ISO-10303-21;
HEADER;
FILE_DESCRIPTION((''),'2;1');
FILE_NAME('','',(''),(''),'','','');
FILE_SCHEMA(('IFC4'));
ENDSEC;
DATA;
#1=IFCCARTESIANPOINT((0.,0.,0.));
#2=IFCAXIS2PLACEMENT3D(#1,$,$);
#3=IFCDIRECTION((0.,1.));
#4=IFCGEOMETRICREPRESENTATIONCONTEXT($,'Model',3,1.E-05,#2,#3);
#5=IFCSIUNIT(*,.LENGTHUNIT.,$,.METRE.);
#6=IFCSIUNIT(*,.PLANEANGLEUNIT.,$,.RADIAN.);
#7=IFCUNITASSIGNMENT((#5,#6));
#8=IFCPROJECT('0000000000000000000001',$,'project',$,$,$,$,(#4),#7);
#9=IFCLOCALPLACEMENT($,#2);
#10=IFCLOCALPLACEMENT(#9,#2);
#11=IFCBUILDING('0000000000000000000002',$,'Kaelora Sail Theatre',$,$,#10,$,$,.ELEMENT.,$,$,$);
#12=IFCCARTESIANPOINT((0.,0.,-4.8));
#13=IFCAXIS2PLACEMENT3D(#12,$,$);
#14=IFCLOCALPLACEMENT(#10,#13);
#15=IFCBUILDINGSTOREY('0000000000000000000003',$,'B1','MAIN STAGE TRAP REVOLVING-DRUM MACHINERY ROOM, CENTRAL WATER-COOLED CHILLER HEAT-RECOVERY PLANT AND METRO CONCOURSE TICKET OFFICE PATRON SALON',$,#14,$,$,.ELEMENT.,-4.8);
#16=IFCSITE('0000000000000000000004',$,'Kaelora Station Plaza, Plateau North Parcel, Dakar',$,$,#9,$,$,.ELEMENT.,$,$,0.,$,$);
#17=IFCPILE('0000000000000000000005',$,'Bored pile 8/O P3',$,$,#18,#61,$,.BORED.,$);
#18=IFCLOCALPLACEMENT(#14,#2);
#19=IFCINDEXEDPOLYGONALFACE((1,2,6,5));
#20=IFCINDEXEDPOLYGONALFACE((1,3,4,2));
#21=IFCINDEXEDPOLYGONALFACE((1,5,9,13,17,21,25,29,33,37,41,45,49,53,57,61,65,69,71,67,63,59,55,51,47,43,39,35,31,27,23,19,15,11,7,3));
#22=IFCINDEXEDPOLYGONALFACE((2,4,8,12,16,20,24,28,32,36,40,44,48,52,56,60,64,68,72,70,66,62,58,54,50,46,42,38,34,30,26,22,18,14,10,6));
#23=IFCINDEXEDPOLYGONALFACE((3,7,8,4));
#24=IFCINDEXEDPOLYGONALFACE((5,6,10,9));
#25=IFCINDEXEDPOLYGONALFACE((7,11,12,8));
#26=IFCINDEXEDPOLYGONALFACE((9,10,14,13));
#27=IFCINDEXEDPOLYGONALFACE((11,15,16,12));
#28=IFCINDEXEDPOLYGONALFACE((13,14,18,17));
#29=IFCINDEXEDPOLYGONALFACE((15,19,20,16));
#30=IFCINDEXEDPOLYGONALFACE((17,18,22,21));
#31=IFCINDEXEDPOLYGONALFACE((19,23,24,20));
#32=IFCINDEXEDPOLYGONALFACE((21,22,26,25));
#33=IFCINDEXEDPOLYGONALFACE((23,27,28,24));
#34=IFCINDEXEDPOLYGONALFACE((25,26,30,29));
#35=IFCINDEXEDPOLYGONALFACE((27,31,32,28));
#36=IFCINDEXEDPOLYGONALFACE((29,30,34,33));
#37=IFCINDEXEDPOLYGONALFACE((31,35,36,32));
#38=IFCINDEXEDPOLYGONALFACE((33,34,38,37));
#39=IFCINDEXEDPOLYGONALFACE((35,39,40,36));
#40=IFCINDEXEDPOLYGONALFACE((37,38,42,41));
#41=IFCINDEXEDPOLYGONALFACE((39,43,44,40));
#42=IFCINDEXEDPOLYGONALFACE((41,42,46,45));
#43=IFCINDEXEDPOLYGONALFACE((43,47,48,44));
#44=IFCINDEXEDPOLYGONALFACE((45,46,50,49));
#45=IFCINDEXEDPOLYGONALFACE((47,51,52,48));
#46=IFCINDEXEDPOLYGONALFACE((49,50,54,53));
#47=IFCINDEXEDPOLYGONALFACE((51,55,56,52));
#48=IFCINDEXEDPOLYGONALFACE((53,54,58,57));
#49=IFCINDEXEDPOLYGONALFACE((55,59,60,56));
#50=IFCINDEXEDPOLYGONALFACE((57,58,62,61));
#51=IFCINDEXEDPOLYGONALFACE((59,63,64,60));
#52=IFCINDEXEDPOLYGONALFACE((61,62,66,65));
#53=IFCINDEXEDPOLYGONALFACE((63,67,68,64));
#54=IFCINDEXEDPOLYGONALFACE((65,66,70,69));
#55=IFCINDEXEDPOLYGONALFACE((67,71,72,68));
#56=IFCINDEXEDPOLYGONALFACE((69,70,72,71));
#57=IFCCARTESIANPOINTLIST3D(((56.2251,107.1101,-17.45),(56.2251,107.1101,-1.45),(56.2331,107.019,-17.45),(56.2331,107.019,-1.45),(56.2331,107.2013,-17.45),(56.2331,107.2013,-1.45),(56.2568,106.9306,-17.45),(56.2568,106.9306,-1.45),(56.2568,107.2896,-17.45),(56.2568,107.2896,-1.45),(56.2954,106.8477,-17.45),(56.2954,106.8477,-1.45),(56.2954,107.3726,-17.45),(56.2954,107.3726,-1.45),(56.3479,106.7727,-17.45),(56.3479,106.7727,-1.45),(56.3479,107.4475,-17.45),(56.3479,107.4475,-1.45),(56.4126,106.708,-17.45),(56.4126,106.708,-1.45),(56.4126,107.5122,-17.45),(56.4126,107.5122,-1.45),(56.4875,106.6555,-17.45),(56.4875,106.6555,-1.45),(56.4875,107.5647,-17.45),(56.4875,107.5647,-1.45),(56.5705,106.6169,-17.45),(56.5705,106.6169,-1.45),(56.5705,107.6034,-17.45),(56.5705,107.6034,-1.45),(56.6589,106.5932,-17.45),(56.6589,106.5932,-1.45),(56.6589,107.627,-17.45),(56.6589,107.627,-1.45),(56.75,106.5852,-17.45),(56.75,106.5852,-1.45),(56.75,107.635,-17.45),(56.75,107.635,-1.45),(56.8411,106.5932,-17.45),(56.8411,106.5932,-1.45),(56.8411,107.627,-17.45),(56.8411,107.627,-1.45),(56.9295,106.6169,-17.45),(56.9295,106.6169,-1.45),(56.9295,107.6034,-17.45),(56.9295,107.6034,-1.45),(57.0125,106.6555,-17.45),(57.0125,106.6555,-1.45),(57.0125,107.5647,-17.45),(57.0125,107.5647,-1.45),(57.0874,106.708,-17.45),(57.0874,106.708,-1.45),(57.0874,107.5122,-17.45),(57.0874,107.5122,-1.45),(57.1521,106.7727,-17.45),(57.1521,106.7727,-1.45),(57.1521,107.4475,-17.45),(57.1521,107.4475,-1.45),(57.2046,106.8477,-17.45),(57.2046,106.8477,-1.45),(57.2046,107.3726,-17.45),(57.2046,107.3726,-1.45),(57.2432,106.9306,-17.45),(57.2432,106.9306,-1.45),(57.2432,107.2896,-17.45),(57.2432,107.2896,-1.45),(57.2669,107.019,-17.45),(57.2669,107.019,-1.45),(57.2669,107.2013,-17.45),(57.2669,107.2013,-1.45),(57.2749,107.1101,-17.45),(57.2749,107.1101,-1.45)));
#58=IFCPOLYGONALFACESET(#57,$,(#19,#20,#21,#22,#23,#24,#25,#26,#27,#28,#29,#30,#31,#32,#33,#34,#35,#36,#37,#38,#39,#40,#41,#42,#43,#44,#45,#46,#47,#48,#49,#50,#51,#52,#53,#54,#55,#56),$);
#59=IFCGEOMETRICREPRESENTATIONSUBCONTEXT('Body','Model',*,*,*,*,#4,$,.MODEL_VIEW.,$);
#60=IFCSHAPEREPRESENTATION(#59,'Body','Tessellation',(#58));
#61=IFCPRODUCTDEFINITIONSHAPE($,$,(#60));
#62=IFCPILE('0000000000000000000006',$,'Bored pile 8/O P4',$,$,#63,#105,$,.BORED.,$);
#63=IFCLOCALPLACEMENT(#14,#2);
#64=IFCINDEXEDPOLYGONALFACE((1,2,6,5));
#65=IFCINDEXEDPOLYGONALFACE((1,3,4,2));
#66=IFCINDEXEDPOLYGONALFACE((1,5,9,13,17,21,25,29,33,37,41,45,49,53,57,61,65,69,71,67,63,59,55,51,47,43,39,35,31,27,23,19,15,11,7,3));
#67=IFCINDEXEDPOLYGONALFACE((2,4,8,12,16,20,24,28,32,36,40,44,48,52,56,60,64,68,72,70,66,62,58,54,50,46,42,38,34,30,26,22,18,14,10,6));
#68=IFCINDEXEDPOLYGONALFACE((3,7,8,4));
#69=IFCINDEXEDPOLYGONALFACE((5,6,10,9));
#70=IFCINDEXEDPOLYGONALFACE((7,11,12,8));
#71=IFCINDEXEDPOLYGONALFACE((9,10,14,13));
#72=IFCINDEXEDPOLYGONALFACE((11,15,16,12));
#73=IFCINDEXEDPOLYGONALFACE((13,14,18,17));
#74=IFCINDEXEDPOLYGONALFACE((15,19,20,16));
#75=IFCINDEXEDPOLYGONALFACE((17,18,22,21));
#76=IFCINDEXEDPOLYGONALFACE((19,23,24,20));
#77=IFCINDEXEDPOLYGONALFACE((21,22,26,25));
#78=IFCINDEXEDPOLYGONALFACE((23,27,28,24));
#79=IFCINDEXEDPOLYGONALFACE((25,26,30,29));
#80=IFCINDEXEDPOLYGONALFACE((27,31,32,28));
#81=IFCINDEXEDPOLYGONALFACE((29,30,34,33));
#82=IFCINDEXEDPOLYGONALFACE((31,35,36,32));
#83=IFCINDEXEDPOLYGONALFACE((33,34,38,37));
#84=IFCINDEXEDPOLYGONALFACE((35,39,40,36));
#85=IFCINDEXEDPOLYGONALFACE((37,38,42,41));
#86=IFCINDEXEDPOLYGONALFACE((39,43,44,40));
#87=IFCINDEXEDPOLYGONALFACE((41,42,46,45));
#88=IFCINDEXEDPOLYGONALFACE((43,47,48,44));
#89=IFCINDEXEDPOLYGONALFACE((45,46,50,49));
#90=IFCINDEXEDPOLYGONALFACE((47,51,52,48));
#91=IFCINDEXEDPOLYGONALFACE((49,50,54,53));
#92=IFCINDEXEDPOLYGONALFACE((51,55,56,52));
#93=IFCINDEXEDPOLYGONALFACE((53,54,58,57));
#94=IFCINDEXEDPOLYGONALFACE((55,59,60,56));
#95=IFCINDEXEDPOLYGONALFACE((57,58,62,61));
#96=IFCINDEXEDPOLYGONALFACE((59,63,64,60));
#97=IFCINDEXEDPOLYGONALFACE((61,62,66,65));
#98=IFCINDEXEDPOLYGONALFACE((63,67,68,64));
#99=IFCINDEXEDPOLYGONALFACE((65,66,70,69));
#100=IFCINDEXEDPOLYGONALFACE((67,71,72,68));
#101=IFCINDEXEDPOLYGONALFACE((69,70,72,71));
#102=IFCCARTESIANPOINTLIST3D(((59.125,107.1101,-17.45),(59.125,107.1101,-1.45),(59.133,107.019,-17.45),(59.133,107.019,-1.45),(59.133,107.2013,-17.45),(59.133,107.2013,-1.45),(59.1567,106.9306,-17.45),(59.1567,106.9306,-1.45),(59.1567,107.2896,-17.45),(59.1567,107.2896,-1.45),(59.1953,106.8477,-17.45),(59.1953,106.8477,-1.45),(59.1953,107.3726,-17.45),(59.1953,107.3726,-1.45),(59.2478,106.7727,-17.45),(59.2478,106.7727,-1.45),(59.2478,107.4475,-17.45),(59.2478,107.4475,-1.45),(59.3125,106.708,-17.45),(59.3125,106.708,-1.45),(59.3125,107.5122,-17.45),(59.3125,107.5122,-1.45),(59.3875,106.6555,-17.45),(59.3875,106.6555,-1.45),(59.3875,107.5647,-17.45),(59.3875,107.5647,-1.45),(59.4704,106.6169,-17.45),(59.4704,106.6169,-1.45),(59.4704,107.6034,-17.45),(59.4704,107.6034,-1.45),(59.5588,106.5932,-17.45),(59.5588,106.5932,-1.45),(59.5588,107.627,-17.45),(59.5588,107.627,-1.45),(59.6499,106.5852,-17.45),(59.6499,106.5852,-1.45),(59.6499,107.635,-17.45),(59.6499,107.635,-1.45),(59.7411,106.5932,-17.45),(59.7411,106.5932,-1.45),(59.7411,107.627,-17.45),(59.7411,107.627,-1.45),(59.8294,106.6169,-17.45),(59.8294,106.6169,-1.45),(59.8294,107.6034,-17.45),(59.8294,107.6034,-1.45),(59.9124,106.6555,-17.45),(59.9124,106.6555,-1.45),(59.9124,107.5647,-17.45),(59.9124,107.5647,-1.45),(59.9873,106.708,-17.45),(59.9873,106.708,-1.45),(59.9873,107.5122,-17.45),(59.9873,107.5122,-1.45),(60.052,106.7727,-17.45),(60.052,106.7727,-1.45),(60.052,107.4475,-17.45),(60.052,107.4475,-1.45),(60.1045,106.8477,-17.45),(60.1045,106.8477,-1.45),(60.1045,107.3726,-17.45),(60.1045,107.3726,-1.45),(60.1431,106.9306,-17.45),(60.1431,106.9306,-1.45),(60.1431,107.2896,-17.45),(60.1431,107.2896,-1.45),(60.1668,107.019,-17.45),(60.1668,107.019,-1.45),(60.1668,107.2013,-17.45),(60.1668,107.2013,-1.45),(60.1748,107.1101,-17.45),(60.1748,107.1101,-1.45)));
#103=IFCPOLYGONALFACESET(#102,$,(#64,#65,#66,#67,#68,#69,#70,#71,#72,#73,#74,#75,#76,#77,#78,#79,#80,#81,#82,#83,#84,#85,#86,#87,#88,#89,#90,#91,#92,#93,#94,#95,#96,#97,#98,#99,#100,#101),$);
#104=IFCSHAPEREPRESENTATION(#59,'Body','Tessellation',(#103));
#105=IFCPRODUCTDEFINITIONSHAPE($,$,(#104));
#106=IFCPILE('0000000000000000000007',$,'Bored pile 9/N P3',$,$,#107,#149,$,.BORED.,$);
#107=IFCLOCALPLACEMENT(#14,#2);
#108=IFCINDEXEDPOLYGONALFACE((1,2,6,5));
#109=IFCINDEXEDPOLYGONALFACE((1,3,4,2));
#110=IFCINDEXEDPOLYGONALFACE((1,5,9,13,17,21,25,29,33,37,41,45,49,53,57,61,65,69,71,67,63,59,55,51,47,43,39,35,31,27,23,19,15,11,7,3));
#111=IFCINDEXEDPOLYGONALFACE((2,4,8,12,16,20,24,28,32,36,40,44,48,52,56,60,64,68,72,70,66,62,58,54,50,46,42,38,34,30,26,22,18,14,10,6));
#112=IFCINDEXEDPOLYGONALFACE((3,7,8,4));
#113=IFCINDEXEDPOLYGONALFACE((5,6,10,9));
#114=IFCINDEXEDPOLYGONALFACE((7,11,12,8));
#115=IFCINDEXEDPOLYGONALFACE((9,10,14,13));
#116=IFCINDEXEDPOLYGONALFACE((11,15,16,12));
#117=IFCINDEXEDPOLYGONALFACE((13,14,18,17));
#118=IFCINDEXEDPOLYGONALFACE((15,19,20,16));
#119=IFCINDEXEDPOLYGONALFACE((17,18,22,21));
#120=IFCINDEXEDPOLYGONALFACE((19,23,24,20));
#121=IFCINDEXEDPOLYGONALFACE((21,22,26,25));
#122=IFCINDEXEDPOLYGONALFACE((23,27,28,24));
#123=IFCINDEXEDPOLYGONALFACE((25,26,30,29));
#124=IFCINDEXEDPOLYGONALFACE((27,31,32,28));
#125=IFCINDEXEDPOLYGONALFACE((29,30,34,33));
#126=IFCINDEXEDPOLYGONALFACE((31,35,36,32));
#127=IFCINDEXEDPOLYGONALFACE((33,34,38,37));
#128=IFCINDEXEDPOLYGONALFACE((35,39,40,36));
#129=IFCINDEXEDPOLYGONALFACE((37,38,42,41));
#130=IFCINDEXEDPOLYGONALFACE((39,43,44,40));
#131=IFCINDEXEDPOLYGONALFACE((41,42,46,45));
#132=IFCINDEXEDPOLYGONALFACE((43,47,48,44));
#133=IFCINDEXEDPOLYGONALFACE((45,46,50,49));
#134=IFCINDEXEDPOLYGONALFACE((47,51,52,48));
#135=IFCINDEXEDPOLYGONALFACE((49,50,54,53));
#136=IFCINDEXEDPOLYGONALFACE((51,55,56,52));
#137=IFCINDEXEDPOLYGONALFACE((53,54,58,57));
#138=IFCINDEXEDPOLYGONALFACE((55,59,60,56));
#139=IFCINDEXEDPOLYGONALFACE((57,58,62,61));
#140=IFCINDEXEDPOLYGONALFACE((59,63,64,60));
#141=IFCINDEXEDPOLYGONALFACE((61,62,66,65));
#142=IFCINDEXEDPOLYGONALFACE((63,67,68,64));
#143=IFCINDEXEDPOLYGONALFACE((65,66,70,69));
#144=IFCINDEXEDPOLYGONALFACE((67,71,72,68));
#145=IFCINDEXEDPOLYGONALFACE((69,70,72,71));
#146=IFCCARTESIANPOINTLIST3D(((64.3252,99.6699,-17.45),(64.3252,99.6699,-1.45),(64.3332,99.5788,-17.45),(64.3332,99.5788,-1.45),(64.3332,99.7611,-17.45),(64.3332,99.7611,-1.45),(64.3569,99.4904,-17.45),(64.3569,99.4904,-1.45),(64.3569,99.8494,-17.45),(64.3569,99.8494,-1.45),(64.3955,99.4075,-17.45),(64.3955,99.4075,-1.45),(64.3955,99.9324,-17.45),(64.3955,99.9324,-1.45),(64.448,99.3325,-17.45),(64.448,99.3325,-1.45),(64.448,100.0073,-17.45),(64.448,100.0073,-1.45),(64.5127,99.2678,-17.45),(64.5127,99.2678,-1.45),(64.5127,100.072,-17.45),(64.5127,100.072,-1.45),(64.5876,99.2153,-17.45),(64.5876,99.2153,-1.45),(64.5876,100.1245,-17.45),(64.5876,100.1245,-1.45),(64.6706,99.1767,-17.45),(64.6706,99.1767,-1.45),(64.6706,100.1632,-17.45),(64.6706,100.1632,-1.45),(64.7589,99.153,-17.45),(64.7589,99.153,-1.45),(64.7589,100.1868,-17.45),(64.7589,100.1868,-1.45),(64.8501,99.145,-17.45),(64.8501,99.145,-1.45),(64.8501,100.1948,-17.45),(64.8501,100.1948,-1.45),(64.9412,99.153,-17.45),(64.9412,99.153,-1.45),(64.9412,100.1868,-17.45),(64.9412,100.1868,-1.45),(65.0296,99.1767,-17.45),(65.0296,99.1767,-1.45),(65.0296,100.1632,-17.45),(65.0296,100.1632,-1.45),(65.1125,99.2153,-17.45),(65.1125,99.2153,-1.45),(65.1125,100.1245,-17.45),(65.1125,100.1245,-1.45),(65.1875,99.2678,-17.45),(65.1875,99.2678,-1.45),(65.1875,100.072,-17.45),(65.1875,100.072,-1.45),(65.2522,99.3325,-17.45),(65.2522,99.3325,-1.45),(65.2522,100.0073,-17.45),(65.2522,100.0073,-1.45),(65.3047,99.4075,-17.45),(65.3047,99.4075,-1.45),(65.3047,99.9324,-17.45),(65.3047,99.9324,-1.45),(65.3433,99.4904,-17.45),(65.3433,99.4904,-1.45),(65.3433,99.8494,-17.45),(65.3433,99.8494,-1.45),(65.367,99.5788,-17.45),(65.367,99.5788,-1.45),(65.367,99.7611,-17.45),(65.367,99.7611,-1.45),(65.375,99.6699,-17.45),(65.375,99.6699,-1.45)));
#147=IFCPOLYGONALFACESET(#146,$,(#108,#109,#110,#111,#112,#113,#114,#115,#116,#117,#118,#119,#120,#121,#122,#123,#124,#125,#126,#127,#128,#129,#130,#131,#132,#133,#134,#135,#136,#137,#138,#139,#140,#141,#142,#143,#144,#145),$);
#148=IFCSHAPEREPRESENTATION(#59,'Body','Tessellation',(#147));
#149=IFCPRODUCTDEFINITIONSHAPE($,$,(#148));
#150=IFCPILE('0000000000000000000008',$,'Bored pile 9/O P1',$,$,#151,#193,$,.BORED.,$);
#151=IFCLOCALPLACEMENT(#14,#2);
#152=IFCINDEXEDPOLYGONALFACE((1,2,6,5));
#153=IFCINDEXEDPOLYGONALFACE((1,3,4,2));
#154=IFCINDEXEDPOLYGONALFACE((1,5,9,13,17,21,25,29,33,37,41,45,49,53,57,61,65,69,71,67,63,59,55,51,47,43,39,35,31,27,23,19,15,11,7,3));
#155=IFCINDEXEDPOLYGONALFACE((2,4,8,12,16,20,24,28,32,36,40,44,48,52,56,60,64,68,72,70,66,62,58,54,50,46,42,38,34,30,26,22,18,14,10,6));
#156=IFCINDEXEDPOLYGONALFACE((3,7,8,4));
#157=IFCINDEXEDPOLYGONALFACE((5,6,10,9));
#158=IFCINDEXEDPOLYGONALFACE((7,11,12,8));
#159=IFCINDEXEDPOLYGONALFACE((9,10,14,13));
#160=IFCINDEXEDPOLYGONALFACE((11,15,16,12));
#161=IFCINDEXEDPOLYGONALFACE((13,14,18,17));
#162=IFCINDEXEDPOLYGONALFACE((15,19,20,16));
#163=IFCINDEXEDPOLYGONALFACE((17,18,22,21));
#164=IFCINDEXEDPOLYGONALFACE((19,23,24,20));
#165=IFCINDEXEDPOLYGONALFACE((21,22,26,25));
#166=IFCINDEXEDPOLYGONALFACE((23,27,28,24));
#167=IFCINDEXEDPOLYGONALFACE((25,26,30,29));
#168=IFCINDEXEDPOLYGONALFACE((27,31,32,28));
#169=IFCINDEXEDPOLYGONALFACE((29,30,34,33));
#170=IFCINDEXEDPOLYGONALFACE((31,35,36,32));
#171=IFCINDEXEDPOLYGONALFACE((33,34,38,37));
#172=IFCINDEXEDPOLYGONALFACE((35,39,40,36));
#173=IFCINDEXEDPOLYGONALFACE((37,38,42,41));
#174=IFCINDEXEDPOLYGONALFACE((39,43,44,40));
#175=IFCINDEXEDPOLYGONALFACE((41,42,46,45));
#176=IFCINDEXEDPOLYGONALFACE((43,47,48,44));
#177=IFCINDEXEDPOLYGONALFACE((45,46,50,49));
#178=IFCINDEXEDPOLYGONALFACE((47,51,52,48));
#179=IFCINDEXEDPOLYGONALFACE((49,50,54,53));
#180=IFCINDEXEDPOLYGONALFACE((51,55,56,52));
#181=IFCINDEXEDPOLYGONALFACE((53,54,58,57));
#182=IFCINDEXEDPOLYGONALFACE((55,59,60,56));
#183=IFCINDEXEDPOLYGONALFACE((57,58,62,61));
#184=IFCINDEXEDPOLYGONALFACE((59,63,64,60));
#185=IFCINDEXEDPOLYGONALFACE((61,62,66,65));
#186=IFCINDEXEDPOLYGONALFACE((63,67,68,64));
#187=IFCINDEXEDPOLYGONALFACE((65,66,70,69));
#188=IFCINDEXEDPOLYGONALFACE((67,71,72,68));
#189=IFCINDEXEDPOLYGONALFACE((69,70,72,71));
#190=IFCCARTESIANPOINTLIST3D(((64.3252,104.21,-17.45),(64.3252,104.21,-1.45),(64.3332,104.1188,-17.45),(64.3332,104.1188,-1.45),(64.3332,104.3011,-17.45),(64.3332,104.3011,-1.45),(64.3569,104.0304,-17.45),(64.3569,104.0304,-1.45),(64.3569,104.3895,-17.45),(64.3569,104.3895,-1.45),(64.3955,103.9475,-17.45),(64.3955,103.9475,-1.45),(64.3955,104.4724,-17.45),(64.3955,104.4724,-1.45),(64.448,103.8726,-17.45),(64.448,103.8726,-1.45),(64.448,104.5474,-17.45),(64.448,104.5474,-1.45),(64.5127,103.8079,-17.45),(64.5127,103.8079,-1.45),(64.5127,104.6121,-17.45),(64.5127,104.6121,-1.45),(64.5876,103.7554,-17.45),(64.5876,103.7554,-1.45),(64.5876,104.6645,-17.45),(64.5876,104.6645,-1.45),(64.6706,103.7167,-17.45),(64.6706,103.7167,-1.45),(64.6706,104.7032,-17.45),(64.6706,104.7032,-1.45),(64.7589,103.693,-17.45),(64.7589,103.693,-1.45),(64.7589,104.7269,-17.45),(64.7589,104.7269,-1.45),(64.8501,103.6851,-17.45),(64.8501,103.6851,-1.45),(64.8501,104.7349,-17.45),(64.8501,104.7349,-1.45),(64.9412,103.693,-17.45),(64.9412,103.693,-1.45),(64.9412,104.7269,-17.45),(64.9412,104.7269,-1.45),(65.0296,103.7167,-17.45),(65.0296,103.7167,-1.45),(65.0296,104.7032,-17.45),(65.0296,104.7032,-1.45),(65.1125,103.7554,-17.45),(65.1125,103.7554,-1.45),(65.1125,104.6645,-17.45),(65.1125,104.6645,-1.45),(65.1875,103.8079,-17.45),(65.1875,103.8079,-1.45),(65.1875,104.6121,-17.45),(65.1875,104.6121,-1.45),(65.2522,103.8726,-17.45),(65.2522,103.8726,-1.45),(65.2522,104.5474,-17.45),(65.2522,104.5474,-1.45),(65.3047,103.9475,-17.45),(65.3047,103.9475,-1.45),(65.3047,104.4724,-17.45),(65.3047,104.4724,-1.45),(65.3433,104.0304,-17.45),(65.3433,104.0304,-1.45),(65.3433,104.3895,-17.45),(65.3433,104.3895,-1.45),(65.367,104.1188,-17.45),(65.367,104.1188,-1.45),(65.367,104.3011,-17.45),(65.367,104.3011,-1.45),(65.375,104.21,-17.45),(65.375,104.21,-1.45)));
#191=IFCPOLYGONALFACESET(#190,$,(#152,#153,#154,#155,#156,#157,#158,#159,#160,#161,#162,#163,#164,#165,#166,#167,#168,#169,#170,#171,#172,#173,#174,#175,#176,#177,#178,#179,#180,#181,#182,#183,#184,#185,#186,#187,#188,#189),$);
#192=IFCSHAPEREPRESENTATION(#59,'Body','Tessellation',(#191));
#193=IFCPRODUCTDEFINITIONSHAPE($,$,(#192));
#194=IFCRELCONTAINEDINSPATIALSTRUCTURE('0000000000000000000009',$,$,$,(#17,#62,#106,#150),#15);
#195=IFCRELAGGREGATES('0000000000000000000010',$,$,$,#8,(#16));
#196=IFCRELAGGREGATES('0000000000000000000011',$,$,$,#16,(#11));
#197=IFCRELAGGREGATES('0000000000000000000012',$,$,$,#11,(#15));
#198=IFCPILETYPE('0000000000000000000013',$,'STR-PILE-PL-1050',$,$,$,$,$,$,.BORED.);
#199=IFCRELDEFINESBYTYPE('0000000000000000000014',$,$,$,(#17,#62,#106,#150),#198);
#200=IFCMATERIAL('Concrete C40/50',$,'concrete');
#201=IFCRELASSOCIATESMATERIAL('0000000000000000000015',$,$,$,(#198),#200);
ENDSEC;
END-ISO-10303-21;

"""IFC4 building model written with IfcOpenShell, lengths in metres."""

from ifc_helpers import new_model, si_unit, direction, frame, origin, origin_2d, place, context, subcontext, project, spatial, circle, extrude, material, material_profile, profile_set, type_object, element, save


model = new_model("IFC4")

# Units and contexts
model_context = context("Model", 3, precision=1e-05, world=origin(), true_north=direction((0.0, 1.0)))
body_context = subcontext(model_context, "Body", "Model", "MODEL_VIEW")
ifc_project = project(units=[si_unit("LENGTHUNIT", "METRE"), si_unit("PLANEANGLEUNIT", "RADIAN")], contexts=[model_context])

# Site, building, storey
site_placement = place(None, origin())
site = spatial("IfcSite", under=ifc_project, at=site_placement, Name="Kaelora Station Plaza, Plateau North Parcel, Dakar", CompositionType="ELEMENT", RefElevation=0.0)
building_placement = place(site_placement, origin())
building = spatial("IfcBuilding", under=site, at=building_placement, Name="Kaelora Sail Theatre", CompositionType="ELEMENT")
storey_placement = place(building_placement, frame((0.0, 0.0, -4.8)))
storey = spatial("IfcBuildingStorey", under=building, at=storey_placement, Name="B1", Description="MAIN STAGE TRAP REVOLVING-DRUM MACHINERY ROOM, CENTRAL WATER-COOLED CHILLER HEAT-RECOVERY PLANT AND METRO CONCOURSE TICKET OFFICE PATRON SALON", CompositionType="ELEMENT", Elevation=-4.8)

# Piles
ifc_material_1 = material(Name="Concrete C40/50", Category="concrete")
ifc_material_profile_1 = material_profile(ifc_material_1, circle(Radius=0.5249, at=origin_2d()), Name="PILE D1050")
ifc_profile_set_1 = profile_set([ifc_material_profile_1], Name="Concrete C40/50")
pile_type_1 = type_object("IfcPileType", Name="STR-PILE-PL-1050", PredefinedType="BORED", material=ifc_profile_set_1)
for number, where, z_axis, x_axis, name in (
    (1, (56.75, 107.1101, -1.45), (0.0, 0.0, -1.0), (1.0, 0.0, 0.0), "Bored pile 8/O P3"),
    (2, (59.6499, 107.1101, -1.45), (0.0, 0.0, -1.0), (1.0, 0.0, 0.0), "Bored pile 8/O P4"),
    (3, (64.8501, 99.6699, -1.45), (0.0, 0.0, -1.0), (1.0, 0.0, 0.0), "Bored pile 9/N P3"),
    (4, (64.8501, 104.21, -1.45), (0.0, 0.0, -1.0), (1.0, 0.0, 0.0), "Bored pile 9/O P1"),
):
    element("IfcPile", number, at=place(storey_placement, frame(where, z_axis=z_axis, x_axis=x_axis)), inside=storey, type_object=pile_type_1, Name=name, PredefinedType="BORED", context=body_context, shape_type="SweptSolid", body=[
        extrude(circle(Radius=0.5249, at=origin_2d()), origin(), (0.0, 0.0, 1.0), 16.0),
    ])

save(model, "model.ifc")
